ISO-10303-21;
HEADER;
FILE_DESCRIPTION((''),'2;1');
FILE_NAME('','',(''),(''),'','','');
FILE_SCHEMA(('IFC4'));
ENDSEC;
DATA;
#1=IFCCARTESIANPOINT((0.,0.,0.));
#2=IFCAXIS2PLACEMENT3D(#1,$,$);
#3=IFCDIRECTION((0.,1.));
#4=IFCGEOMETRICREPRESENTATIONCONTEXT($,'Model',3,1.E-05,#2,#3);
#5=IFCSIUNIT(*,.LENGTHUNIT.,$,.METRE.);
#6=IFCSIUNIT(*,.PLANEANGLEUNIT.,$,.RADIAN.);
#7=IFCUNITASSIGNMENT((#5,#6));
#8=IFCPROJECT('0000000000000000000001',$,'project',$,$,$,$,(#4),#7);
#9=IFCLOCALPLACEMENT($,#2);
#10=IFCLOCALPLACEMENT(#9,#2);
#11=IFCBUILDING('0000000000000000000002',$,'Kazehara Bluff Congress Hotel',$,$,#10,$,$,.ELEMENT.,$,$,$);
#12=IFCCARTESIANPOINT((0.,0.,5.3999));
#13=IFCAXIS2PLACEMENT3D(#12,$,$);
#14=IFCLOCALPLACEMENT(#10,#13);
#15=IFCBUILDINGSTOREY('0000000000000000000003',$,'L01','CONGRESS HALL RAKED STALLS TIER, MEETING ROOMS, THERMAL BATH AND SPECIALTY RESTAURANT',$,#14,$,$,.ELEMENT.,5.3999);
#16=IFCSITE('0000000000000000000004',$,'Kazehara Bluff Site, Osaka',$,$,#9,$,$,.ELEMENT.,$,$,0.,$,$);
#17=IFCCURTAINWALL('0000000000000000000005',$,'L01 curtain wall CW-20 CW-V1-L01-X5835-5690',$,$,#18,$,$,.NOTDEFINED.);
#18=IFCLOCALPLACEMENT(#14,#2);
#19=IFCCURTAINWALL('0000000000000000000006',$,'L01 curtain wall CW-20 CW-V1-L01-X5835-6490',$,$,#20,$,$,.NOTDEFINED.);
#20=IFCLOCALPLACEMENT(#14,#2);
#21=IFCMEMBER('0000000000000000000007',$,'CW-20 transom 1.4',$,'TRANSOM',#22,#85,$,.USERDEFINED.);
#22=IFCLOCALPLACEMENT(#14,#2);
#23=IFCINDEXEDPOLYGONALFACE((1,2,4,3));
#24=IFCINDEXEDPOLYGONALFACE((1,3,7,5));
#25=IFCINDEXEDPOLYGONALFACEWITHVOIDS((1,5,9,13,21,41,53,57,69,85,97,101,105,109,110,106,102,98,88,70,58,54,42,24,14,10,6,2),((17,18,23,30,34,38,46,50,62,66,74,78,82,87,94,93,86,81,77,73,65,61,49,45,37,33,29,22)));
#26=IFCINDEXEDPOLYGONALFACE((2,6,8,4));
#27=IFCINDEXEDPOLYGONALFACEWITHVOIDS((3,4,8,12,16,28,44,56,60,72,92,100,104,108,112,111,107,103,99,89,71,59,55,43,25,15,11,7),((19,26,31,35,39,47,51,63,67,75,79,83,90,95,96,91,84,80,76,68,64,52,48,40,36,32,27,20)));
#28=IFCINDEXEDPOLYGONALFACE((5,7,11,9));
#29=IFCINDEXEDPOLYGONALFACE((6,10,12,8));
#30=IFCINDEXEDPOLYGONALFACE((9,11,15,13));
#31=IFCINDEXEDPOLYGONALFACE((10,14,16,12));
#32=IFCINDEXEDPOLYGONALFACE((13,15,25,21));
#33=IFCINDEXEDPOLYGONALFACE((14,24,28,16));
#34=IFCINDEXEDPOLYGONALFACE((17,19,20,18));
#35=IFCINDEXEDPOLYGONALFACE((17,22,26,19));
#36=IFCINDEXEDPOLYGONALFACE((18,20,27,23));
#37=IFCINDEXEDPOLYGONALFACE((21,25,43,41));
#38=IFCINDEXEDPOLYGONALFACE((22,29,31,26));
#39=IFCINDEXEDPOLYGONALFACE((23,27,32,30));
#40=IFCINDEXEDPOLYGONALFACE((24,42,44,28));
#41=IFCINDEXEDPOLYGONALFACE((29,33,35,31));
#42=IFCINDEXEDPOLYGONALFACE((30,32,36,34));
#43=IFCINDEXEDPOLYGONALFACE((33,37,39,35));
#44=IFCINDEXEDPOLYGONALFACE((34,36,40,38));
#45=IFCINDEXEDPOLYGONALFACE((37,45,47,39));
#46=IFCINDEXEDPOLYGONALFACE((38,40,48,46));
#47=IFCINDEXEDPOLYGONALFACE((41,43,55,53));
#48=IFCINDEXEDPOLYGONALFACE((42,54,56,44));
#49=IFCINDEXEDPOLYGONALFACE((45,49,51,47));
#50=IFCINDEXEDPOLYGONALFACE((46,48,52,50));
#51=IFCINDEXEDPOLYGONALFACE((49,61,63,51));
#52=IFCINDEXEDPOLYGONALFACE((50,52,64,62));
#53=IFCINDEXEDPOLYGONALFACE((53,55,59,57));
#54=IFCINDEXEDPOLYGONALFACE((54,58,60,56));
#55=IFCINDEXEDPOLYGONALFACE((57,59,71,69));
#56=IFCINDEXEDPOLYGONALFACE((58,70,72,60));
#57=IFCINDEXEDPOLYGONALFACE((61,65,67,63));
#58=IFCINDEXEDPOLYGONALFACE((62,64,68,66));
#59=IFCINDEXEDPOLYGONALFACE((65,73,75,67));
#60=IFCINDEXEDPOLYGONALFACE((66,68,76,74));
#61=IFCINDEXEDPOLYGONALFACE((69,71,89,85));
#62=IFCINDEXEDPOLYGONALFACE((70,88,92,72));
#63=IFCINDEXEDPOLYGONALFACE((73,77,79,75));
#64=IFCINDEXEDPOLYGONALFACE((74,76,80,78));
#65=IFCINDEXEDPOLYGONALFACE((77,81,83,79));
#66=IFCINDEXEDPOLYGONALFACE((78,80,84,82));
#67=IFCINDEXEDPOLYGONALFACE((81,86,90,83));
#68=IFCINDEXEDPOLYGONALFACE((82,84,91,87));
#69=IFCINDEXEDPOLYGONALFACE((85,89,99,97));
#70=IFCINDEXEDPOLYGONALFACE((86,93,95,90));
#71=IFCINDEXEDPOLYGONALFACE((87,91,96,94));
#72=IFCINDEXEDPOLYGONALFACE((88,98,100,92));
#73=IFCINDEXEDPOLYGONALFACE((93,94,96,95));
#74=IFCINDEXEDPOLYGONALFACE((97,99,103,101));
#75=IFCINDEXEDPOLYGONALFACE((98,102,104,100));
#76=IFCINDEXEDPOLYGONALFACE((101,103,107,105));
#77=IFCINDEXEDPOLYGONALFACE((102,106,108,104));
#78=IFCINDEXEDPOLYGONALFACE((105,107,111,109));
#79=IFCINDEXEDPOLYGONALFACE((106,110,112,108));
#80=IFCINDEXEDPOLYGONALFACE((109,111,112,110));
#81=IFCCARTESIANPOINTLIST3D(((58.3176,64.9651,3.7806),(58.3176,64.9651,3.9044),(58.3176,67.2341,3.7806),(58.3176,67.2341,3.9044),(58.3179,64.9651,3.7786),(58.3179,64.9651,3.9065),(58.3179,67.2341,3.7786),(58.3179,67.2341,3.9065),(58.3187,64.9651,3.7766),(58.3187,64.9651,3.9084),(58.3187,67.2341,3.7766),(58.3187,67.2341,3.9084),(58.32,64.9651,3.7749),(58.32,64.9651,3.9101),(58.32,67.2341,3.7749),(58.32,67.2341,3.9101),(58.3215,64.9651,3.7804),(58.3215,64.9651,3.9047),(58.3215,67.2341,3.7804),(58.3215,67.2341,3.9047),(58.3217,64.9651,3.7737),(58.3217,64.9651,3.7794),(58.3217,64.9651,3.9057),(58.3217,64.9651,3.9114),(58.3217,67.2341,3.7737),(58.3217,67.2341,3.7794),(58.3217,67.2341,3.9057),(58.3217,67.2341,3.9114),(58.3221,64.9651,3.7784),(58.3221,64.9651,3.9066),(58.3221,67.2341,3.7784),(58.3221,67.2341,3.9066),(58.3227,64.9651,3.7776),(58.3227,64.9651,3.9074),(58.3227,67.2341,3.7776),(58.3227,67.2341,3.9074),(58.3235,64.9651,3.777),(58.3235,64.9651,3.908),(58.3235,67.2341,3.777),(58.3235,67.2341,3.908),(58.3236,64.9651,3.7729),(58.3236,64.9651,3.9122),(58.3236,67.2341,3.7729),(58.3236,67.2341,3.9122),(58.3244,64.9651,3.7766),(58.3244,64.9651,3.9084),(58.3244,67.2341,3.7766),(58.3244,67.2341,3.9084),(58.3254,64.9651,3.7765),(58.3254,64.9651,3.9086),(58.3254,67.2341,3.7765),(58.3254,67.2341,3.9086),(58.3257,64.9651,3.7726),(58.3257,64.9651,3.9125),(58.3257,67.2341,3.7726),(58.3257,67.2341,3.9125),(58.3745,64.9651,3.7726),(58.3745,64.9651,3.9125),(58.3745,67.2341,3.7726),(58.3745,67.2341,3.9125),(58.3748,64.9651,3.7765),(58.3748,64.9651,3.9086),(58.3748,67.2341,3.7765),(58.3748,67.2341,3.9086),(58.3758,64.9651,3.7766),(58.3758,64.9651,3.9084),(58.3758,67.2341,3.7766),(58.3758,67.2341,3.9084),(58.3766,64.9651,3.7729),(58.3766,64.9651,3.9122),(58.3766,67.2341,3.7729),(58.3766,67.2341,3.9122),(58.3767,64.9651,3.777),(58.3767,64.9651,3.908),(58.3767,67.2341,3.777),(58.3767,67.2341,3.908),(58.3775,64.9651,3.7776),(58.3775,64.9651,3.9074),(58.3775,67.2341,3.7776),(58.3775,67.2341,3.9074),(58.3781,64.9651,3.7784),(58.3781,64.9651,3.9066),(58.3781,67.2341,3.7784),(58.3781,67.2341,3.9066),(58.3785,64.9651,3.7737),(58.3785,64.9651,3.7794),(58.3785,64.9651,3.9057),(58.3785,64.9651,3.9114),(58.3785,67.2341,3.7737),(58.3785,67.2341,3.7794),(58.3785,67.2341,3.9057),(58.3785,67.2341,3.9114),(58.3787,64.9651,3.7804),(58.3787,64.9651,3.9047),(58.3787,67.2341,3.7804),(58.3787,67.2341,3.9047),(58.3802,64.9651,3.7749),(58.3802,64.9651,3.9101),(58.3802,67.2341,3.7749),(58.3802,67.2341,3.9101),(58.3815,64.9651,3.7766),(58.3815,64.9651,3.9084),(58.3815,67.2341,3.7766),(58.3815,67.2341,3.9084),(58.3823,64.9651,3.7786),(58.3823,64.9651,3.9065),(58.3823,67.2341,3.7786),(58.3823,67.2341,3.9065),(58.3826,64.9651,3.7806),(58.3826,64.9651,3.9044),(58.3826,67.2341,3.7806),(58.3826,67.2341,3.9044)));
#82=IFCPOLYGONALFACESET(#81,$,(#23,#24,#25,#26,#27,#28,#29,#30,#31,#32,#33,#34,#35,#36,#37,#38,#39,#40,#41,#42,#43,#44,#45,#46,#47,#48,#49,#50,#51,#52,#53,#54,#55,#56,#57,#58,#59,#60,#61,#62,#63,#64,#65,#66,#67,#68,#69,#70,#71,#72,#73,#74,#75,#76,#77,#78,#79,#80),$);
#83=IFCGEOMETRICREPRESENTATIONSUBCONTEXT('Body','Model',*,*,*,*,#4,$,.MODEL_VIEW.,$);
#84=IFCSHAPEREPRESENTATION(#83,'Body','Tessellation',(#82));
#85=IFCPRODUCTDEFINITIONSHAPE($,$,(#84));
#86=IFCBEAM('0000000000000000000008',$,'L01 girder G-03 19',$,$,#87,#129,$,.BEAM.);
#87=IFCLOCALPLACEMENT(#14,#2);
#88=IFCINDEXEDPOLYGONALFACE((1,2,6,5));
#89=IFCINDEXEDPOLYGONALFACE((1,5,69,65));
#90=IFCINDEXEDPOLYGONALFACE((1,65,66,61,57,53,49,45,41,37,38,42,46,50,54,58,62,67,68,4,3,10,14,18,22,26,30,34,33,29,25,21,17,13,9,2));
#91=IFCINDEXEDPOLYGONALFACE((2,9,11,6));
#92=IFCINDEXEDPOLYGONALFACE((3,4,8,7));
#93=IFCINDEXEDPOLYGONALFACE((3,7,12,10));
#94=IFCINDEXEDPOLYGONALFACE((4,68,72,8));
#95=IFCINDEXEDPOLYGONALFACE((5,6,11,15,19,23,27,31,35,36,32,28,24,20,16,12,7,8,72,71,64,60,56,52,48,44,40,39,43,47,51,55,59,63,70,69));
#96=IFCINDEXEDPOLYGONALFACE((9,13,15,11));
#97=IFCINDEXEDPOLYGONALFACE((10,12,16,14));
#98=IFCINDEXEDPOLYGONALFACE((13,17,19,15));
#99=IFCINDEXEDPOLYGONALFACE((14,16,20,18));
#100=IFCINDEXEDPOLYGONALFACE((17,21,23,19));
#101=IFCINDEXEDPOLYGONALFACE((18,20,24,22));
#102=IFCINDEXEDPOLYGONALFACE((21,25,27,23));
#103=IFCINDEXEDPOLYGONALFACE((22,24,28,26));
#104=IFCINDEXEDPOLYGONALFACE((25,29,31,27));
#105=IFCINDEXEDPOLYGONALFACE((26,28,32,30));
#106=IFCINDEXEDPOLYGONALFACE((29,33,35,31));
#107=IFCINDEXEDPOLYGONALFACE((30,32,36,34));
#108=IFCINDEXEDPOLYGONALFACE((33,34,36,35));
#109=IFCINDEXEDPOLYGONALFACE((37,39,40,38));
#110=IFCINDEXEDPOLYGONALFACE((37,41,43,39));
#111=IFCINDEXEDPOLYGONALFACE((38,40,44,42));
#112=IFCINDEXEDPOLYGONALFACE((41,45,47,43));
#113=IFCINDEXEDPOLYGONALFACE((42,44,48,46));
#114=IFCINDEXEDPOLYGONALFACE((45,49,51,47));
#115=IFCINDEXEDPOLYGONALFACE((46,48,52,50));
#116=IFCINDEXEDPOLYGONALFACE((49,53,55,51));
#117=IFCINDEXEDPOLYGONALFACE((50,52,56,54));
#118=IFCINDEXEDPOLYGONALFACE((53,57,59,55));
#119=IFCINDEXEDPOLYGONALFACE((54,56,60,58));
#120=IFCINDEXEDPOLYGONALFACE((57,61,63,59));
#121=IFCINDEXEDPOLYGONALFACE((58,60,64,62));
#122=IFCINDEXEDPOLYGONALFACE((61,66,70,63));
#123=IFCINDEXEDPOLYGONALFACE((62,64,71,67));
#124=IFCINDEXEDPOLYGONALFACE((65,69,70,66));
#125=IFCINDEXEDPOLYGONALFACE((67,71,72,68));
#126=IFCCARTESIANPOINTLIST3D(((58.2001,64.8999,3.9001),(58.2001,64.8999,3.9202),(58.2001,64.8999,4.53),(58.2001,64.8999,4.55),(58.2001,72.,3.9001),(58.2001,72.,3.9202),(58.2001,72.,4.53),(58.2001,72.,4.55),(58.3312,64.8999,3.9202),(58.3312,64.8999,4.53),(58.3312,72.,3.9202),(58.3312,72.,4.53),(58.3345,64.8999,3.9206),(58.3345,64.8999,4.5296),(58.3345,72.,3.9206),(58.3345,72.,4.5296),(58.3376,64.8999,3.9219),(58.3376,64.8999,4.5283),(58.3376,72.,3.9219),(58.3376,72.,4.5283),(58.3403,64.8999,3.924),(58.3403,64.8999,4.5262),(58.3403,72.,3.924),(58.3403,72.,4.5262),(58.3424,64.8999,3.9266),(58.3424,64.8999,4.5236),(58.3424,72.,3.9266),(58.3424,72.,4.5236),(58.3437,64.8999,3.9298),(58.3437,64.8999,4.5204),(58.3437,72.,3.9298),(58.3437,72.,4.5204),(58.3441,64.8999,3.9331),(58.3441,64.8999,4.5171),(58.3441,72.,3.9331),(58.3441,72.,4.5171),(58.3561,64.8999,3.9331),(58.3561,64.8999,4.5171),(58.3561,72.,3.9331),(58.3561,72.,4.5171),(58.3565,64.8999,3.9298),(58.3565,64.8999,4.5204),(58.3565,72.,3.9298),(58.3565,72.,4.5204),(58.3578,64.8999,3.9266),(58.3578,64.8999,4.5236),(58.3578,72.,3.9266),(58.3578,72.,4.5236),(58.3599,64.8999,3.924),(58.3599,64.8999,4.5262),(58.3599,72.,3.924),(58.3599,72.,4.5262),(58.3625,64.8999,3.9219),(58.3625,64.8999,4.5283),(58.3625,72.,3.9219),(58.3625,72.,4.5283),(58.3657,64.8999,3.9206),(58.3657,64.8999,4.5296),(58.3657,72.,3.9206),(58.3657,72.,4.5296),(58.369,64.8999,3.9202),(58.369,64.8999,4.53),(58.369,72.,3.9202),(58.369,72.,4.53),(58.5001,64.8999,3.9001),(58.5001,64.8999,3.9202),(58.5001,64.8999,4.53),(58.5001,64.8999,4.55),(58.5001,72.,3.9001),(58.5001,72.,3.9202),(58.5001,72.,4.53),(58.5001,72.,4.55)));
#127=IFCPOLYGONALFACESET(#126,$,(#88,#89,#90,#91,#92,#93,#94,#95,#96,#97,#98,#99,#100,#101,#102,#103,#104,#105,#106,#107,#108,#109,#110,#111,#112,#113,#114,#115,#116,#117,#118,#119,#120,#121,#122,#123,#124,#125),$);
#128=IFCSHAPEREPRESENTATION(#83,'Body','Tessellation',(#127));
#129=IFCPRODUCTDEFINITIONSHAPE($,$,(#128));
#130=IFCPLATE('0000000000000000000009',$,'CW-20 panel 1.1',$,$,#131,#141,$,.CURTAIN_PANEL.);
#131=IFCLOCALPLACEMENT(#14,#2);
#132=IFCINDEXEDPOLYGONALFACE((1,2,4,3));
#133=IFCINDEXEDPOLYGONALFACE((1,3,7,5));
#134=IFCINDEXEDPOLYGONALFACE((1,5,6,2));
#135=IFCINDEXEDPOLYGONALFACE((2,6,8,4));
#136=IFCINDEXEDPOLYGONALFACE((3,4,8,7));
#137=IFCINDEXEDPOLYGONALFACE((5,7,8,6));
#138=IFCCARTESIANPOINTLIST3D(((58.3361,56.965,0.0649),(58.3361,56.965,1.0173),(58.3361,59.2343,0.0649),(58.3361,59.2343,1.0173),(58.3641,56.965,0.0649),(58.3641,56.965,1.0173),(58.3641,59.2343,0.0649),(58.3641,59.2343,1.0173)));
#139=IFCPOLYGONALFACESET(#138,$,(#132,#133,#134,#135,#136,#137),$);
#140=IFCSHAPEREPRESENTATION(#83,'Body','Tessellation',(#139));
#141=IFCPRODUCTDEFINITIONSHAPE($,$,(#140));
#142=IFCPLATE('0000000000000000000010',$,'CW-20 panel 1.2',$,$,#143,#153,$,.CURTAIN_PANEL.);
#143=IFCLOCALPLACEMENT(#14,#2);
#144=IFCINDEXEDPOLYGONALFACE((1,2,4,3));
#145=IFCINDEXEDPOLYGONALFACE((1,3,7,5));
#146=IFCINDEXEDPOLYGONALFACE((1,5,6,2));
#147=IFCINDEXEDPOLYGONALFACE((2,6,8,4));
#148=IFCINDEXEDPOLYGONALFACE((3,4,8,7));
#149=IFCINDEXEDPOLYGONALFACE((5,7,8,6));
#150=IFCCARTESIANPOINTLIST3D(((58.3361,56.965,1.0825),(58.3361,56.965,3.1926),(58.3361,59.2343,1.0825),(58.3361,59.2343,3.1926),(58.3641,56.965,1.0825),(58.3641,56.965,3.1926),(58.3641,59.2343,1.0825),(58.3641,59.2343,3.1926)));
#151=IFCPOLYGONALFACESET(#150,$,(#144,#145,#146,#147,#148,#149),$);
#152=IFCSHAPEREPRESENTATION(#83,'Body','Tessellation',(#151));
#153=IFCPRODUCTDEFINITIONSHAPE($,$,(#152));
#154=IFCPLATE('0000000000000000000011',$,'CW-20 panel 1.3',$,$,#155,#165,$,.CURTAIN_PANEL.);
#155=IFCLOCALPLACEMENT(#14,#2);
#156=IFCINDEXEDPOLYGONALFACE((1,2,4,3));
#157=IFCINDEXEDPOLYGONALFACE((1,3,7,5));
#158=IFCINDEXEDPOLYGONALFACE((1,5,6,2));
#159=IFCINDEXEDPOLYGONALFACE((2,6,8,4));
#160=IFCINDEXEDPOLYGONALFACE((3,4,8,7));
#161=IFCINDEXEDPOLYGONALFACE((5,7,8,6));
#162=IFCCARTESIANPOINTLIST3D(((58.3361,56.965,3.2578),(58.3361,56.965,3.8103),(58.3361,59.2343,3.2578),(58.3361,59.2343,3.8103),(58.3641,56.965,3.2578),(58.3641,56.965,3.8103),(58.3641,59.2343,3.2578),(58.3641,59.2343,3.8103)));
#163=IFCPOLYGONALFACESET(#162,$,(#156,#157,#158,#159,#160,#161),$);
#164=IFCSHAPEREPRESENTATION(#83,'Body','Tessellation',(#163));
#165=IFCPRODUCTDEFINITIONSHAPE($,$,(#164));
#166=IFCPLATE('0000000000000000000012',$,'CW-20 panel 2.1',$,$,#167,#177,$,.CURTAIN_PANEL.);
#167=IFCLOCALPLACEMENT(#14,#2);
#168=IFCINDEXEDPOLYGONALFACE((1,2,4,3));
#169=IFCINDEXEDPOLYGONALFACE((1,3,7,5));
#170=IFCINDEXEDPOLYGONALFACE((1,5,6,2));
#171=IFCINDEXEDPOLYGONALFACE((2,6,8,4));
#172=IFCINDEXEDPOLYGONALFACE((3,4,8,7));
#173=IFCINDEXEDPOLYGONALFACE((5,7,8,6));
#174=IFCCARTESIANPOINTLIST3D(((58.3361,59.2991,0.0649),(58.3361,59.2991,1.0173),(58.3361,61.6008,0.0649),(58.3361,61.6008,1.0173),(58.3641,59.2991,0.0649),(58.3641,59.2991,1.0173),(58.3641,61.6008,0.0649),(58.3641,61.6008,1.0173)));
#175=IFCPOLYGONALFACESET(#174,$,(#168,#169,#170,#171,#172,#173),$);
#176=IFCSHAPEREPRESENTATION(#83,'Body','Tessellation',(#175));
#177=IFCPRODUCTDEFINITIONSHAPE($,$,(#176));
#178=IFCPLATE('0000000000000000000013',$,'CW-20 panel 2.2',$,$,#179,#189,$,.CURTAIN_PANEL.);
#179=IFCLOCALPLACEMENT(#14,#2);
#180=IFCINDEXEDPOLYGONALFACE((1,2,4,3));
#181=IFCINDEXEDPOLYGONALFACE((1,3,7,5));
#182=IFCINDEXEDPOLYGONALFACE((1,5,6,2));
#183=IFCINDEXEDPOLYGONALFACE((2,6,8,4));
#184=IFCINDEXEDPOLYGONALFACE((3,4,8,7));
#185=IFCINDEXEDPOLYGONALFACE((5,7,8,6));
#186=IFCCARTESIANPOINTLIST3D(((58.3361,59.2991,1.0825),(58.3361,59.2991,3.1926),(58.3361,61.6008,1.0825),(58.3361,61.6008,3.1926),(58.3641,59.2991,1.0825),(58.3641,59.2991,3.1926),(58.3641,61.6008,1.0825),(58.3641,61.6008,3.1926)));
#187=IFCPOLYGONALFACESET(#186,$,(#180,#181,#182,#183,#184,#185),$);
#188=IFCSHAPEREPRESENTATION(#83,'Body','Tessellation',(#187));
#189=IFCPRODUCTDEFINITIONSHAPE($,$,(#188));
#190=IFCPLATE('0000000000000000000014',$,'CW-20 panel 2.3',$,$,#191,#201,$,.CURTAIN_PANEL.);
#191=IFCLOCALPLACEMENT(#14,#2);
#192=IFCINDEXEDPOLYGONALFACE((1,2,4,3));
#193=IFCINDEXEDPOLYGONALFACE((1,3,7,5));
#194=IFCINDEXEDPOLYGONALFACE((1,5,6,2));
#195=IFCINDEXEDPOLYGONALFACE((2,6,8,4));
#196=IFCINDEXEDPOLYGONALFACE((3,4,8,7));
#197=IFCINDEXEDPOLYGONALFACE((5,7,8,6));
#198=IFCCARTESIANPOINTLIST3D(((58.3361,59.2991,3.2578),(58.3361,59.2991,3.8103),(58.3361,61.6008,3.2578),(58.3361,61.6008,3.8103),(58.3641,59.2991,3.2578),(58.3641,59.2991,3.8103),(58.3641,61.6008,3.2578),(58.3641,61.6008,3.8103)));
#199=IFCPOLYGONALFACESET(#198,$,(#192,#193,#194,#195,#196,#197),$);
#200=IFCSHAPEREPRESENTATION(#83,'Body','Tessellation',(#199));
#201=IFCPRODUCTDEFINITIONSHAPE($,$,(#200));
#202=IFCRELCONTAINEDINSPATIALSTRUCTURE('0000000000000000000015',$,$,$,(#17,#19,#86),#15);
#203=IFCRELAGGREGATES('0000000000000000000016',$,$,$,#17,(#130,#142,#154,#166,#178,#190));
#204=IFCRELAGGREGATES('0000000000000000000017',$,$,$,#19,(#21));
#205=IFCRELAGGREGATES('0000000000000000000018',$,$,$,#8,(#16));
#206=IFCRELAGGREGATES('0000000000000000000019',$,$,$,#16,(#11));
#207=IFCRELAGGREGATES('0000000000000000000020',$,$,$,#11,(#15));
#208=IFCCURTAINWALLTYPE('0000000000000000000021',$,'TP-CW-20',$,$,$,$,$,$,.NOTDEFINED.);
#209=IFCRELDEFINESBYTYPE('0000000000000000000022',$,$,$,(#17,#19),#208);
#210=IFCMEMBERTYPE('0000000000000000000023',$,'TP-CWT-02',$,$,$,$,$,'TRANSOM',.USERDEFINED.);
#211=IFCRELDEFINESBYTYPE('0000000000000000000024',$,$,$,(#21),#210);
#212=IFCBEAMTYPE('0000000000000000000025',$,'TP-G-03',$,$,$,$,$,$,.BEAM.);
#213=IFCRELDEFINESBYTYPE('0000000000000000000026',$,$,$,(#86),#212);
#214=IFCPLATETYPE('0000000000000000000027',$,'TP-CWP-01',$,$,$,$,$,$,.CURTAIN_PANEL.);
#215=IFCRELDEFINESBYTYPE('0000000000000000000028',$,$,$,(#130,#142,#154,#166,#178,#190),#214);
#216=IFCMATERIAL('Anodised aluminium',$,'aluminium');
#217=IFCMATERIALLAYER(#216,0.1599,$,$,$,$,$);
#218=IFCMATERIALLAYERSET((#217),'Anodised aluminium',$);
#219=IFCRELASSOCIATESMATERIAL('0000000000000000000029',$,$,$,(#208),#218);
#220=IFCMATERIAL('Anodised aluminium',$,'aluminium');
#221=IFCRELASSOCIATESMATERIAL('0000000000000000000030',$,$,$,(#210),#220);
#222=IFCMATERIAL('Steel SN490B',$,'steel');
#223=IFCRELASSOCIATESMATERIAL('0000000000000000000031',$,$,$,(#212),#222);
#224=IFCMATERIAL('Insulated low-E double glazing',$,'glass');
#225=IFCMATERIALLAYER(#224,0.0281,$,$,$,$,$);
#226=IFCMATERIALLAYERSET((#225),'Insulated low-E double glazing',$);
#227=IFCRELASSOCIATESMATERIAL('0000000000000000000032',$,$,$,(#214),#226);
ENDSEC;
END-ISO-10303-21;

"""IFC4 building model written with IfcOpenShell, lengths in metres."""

from ifc_helpers import new_model, si_unit, direction, frame, origin, origin_2d, place, context, subcontext, project, spatial, rectangle, hollow_rectangle, i_section, extrude, material, layer, layer_set, material_profile, profile_set, type_object, element, aggregate, save


model = new_model("IFC4")

# Units and contexts
model_context = context("Model", 3, precision=1e-05, world=origin(), true_north=direction((0.0, 1.0)))
body_context = subcontext(model_context, "Body", "Model", "MODEL_VIEW")
ifc_project = project(units=[si_unit("LENGTHUNIT", "METRE"), si_unit("PLANEANGLEUNIT", "RADIAN")], contexts=[model_context])

# Site, building, storey
site_placement = place(None, origin())
site = spatial("IfcSite", under=ifc_project, at=site_placement, Name="Kazehara Bluff Site, Osaka", CompositionType="ELEMENT", RefElevation=0.0)
building_placement = place(site_placement, origin())
building = spatial("IfcBuilding", under=site, at=building_placement, Name="Kazehara Bluff Congress Hotel", CompositionType="ELEMENT")
storey_placement = place(building_placement, frame((0.0, 0.0, 5.3999)))
storey = spatial("IfcBuildingStorey", under=building, at=storey_placement, Name="L01", Description="CONGRESS HALL RAKED STALLS TIER, MEETING ROOMS, THERMAL BATH AND SPECIALTY RESTAURANT", CompositionType="ELEMENT", Elevation=5.3999)

# Curtain wall
ifc_material_1 = material(Name="Anodised aluminium", Category="aluminium")
ifc_layer_1 = layer(ifc_material_1, 0.1599)
ifc_layer_set_1 = layer_set([ifc_layer_1], Name="Anodised aluminium")
curtain_wall_type = type_object("IfcCurtainWallType", Name="TP-CW-20", PredefinedType="NOTDEFINED", material=ifc_layer_set_1)
curtain_wall_1_placement = place(storey_placement, origin())
curtain_wall_1 = element("IfcCurtainWall", 1, at=curtain_wall_1_placement, inside=storey, type_object=curtain_wall_type, Name="L01 curtain wall CW-20 CW-V1-L01-X5835-5690", PredefinedType="NOTDEFINED")

# Curtain wall
curtain_wall_2_placement = place(storey_placement, origin())
curtain_wall_2 = element("IfcCurtainWall", 2, at=curtain_wall_2_placement, inside=storey, type_object=curtain_wall_type, Name="L01 curtain wall CW-20 CW-V1-L01-X5835-6490", PredefinedType="NOTDEFINED")

# Member
ifc_material_2 = material(Name="Anodised aluminium", Category="aluminium")
ifc_material_profile_1 = material_profile(ifc_material_2, hollow_rectangle(XDim=0.0649, YDim=0.1399, WallThickness=0.0039, InnerFilletRadius=0.0039, OuterFilletRadius=0.0081, at=origin_2d()))
ifc_profile_set_1 = profile_set([ifc_material_profile_1], Name="Anodised aluminium")
member_type_1 = type_object("IfcMemberType", Name="TP-CWT-02", ElementType="TRANSOM", PredefinedType="USERDEFINED", material=ifc_profile_set_1)
member_1_placement = place(storey_placement, frame((58.3501, 64.9651, 3.8425), z_axis=(0.0, 1.0, 0.0), x_axis=(-1.0, 0.0, 0.0)))
member_1 = element("IfcMember", 3, at=member_1_placement, type_object=member_type_1, Name="CW-20 transom 1.4", ObjectType="TRANSOM", PredefinedType="USERDEFINED", context=body_context, shape_type="SweptSolid", body=[
    extrude(hollow_rectangle(XDim=0.0649, YDim=0.1399, WallThickness=0.0039, InnerFilletRadius=0.0039, OuterFilletRadius=0.0081, at=origin_2d()), origin(), (0.0, 0.0, 1.0), 2.269),
])

# Beam
ifc_material_3 = material(Name="Steel SN490B", Category="steel")
ifc_material_profile_2 = material_profile(ifc_material_3, i_section(OverallWidth=0.3, OverallDepth=0.6499, WebThickness=0.012, FlangeThickness=0.02, FilletRadius=0.0129, at=origin_2d()))
ifc_profile_set_2 = profile_set([ifc_material_profile_2], Name="Steel SN490B")
beam_type = type_object("IfcBeamType", Name="TP-G-03", PredefinedType="BEAM", material=ifc_profile_set_2)
beam_placement = place(storey_placement, frame((58.3501, 64.8999, 4.2251), z_axis=(0.0, 1.0, 0.0), x_axis=(-1.0, 0.0, 0.0)))
element("IfcBeam", 4, at=beam_placement, inside=storey, type_object=beam_type, Name="L01 girder G-03 19", PredefinedType="BEAM", context=body_context, shape_type="SweptSolid", body=[
    extrude(i_section(OverallWidth=0.3, OverallDepth=0.6499, WebThickness=0.012, FlangeThickness=0.02, FilletRadius=0.0129, at=origin_2d()), origin(), (0.0, 0.0, 1.0), 7.1001),
])

# Plates
ifc_material_4 = material(Name="Insulated low-E double glazing", Category="glass")
ifc_layer_2 = layer(ifc_material_4, 0.0281)
ifc_layer_set_2 = layer_set([ifc_layer_2], Name="Insulated low-E double glazing")
plate_type = type_object("IfcPlateType", Name="TP-CWP-01", PredefinedType="CURTAIN_PANEL", material=ifc_layer_set_2)
plate_1_placement = place(storey_placement, frame((58.3501, 58.0996, 0.0649), z_axis=(0.0, 0.0, 1.0), x_axis=(0.0, 1.0, 0.0)))
plate_1 = element("IfcPlate", 5, at=plate_1_placement, type_object=plate_type, Name="CW-20 panel 1.1", PredefinedType="CURTAIN_PANEL", context=body_context, shape_type="SweptSolid", body=[
    extrude(rectangle(XDim=2.2693, YDim=0.0281, at=origin_2d()), origin(), (0.0, 0.0, 1.0), 0.9524),
])
plate_2_placement = place(storey_placement, frame((58.3501, 58.0996, 1.0825), z_axis=(0.0, 0.0, 1.0), x_axis=(0.0, 1.0, 0.0)))
plate_2 = element("IfcPlate", 6, at=plate_2_placement, type_object=plate_type, Name="CW-20 panel 1.2", PredefinedType="CURTAIN_PANEL", context=body_context, shape_type="SweptSolid", body=[
    extrude(rectangle(XDim=2.2693, YDim=0.0281, at=origin_2d()), origin(), (0.0, 0.0, 1.0), 2.1101),
])
plate_3_placement = place(storey_placement, frame((58.3501, 58.0996, 3.2578), z_axis=(0.0, 0.0, 1.0), x_axis=(0.0, 1.0, 0.0)))
plate_3 = element("IfcPlate", 7, at=plate_3_placement, type_object=plate_type, Name="CW-20 panel 1.3", PredefinedType="CURTAIN_PANEL", context=body_context, shape_type="SweptSolid", body=[
    extrude(rectangle(XDim=2.2693, YDim=0.0281, at=origin_2d()), origin(), (0.0, 0.0, 1.0), 0.5525),
])
plate_4_placement = place(storey_placement, frame((58.3501, 60.45, 0.0649), z_axis=(0.0, 0.0, 1.0), x_axis=(0.0, 1.0, 0.0)))
plate_4 = element("IfcPlate", 8, at=plate_4_placement, type_object=plate_type, Name="CW-20 panel 2.1", PredefinedType="CURTAIN_PANEL", context=body_context, shape_type="SweptSolid", body=[
    extrude(rectangle(XDim=2.3018, YDim=0.0281, at=origin_2d()), origin(), (0.0, 0.0, 1.0), 0.9524),
])
plate_5_placement = place(storey_placement, frame((58.3501, 60.45, 1.0825), z_axis=(0.0, 0.0, 1.0), x_axis=(0.0, 1.0, 0.0)))
plate_5 = element("IfcPlate", 9, at=plate_5_placement, type_object=plate_type, Name="CW-20 panel 2.2", PredefinedType="CURTAIN_PANEL", context=body_context, shape_type="SweptSolid", body=[
    extrude(rectangle(XDim=2.3018, YDim=0.0281, at=origin_2d()), origin(), (0.0, 0.0, 1.0), 2.1101),
])
plate_6_placement = place(storey_placement, frame((58.3501, 60.45, 3.2578), z_axis=(0.0, 0.0, 1.0), x_axis=(0.0, 1.0, 0.0)))
plate_6 = element("IfcPlate", 10, at=plate_6_placement, type_object=plate_type, Name="CW-20 panel 2.3", PredefinedType="CURTAIN_PANEL", context=body_context, shape_type="SweptSolid", body=[
    extrude(rectangle(XDim=2.3018, YDim=0.0281, at=origin_2d()), origin(), (0.0, 0.0, 1.0), 0.5525),
])
aggregate(curtain_wall_1, [plate_1, plate_2, plate_3, plate_4, plate_5, plate_6])
aggregate(curtain_wall_2, [member_1])

save(model, "model.ifc")
